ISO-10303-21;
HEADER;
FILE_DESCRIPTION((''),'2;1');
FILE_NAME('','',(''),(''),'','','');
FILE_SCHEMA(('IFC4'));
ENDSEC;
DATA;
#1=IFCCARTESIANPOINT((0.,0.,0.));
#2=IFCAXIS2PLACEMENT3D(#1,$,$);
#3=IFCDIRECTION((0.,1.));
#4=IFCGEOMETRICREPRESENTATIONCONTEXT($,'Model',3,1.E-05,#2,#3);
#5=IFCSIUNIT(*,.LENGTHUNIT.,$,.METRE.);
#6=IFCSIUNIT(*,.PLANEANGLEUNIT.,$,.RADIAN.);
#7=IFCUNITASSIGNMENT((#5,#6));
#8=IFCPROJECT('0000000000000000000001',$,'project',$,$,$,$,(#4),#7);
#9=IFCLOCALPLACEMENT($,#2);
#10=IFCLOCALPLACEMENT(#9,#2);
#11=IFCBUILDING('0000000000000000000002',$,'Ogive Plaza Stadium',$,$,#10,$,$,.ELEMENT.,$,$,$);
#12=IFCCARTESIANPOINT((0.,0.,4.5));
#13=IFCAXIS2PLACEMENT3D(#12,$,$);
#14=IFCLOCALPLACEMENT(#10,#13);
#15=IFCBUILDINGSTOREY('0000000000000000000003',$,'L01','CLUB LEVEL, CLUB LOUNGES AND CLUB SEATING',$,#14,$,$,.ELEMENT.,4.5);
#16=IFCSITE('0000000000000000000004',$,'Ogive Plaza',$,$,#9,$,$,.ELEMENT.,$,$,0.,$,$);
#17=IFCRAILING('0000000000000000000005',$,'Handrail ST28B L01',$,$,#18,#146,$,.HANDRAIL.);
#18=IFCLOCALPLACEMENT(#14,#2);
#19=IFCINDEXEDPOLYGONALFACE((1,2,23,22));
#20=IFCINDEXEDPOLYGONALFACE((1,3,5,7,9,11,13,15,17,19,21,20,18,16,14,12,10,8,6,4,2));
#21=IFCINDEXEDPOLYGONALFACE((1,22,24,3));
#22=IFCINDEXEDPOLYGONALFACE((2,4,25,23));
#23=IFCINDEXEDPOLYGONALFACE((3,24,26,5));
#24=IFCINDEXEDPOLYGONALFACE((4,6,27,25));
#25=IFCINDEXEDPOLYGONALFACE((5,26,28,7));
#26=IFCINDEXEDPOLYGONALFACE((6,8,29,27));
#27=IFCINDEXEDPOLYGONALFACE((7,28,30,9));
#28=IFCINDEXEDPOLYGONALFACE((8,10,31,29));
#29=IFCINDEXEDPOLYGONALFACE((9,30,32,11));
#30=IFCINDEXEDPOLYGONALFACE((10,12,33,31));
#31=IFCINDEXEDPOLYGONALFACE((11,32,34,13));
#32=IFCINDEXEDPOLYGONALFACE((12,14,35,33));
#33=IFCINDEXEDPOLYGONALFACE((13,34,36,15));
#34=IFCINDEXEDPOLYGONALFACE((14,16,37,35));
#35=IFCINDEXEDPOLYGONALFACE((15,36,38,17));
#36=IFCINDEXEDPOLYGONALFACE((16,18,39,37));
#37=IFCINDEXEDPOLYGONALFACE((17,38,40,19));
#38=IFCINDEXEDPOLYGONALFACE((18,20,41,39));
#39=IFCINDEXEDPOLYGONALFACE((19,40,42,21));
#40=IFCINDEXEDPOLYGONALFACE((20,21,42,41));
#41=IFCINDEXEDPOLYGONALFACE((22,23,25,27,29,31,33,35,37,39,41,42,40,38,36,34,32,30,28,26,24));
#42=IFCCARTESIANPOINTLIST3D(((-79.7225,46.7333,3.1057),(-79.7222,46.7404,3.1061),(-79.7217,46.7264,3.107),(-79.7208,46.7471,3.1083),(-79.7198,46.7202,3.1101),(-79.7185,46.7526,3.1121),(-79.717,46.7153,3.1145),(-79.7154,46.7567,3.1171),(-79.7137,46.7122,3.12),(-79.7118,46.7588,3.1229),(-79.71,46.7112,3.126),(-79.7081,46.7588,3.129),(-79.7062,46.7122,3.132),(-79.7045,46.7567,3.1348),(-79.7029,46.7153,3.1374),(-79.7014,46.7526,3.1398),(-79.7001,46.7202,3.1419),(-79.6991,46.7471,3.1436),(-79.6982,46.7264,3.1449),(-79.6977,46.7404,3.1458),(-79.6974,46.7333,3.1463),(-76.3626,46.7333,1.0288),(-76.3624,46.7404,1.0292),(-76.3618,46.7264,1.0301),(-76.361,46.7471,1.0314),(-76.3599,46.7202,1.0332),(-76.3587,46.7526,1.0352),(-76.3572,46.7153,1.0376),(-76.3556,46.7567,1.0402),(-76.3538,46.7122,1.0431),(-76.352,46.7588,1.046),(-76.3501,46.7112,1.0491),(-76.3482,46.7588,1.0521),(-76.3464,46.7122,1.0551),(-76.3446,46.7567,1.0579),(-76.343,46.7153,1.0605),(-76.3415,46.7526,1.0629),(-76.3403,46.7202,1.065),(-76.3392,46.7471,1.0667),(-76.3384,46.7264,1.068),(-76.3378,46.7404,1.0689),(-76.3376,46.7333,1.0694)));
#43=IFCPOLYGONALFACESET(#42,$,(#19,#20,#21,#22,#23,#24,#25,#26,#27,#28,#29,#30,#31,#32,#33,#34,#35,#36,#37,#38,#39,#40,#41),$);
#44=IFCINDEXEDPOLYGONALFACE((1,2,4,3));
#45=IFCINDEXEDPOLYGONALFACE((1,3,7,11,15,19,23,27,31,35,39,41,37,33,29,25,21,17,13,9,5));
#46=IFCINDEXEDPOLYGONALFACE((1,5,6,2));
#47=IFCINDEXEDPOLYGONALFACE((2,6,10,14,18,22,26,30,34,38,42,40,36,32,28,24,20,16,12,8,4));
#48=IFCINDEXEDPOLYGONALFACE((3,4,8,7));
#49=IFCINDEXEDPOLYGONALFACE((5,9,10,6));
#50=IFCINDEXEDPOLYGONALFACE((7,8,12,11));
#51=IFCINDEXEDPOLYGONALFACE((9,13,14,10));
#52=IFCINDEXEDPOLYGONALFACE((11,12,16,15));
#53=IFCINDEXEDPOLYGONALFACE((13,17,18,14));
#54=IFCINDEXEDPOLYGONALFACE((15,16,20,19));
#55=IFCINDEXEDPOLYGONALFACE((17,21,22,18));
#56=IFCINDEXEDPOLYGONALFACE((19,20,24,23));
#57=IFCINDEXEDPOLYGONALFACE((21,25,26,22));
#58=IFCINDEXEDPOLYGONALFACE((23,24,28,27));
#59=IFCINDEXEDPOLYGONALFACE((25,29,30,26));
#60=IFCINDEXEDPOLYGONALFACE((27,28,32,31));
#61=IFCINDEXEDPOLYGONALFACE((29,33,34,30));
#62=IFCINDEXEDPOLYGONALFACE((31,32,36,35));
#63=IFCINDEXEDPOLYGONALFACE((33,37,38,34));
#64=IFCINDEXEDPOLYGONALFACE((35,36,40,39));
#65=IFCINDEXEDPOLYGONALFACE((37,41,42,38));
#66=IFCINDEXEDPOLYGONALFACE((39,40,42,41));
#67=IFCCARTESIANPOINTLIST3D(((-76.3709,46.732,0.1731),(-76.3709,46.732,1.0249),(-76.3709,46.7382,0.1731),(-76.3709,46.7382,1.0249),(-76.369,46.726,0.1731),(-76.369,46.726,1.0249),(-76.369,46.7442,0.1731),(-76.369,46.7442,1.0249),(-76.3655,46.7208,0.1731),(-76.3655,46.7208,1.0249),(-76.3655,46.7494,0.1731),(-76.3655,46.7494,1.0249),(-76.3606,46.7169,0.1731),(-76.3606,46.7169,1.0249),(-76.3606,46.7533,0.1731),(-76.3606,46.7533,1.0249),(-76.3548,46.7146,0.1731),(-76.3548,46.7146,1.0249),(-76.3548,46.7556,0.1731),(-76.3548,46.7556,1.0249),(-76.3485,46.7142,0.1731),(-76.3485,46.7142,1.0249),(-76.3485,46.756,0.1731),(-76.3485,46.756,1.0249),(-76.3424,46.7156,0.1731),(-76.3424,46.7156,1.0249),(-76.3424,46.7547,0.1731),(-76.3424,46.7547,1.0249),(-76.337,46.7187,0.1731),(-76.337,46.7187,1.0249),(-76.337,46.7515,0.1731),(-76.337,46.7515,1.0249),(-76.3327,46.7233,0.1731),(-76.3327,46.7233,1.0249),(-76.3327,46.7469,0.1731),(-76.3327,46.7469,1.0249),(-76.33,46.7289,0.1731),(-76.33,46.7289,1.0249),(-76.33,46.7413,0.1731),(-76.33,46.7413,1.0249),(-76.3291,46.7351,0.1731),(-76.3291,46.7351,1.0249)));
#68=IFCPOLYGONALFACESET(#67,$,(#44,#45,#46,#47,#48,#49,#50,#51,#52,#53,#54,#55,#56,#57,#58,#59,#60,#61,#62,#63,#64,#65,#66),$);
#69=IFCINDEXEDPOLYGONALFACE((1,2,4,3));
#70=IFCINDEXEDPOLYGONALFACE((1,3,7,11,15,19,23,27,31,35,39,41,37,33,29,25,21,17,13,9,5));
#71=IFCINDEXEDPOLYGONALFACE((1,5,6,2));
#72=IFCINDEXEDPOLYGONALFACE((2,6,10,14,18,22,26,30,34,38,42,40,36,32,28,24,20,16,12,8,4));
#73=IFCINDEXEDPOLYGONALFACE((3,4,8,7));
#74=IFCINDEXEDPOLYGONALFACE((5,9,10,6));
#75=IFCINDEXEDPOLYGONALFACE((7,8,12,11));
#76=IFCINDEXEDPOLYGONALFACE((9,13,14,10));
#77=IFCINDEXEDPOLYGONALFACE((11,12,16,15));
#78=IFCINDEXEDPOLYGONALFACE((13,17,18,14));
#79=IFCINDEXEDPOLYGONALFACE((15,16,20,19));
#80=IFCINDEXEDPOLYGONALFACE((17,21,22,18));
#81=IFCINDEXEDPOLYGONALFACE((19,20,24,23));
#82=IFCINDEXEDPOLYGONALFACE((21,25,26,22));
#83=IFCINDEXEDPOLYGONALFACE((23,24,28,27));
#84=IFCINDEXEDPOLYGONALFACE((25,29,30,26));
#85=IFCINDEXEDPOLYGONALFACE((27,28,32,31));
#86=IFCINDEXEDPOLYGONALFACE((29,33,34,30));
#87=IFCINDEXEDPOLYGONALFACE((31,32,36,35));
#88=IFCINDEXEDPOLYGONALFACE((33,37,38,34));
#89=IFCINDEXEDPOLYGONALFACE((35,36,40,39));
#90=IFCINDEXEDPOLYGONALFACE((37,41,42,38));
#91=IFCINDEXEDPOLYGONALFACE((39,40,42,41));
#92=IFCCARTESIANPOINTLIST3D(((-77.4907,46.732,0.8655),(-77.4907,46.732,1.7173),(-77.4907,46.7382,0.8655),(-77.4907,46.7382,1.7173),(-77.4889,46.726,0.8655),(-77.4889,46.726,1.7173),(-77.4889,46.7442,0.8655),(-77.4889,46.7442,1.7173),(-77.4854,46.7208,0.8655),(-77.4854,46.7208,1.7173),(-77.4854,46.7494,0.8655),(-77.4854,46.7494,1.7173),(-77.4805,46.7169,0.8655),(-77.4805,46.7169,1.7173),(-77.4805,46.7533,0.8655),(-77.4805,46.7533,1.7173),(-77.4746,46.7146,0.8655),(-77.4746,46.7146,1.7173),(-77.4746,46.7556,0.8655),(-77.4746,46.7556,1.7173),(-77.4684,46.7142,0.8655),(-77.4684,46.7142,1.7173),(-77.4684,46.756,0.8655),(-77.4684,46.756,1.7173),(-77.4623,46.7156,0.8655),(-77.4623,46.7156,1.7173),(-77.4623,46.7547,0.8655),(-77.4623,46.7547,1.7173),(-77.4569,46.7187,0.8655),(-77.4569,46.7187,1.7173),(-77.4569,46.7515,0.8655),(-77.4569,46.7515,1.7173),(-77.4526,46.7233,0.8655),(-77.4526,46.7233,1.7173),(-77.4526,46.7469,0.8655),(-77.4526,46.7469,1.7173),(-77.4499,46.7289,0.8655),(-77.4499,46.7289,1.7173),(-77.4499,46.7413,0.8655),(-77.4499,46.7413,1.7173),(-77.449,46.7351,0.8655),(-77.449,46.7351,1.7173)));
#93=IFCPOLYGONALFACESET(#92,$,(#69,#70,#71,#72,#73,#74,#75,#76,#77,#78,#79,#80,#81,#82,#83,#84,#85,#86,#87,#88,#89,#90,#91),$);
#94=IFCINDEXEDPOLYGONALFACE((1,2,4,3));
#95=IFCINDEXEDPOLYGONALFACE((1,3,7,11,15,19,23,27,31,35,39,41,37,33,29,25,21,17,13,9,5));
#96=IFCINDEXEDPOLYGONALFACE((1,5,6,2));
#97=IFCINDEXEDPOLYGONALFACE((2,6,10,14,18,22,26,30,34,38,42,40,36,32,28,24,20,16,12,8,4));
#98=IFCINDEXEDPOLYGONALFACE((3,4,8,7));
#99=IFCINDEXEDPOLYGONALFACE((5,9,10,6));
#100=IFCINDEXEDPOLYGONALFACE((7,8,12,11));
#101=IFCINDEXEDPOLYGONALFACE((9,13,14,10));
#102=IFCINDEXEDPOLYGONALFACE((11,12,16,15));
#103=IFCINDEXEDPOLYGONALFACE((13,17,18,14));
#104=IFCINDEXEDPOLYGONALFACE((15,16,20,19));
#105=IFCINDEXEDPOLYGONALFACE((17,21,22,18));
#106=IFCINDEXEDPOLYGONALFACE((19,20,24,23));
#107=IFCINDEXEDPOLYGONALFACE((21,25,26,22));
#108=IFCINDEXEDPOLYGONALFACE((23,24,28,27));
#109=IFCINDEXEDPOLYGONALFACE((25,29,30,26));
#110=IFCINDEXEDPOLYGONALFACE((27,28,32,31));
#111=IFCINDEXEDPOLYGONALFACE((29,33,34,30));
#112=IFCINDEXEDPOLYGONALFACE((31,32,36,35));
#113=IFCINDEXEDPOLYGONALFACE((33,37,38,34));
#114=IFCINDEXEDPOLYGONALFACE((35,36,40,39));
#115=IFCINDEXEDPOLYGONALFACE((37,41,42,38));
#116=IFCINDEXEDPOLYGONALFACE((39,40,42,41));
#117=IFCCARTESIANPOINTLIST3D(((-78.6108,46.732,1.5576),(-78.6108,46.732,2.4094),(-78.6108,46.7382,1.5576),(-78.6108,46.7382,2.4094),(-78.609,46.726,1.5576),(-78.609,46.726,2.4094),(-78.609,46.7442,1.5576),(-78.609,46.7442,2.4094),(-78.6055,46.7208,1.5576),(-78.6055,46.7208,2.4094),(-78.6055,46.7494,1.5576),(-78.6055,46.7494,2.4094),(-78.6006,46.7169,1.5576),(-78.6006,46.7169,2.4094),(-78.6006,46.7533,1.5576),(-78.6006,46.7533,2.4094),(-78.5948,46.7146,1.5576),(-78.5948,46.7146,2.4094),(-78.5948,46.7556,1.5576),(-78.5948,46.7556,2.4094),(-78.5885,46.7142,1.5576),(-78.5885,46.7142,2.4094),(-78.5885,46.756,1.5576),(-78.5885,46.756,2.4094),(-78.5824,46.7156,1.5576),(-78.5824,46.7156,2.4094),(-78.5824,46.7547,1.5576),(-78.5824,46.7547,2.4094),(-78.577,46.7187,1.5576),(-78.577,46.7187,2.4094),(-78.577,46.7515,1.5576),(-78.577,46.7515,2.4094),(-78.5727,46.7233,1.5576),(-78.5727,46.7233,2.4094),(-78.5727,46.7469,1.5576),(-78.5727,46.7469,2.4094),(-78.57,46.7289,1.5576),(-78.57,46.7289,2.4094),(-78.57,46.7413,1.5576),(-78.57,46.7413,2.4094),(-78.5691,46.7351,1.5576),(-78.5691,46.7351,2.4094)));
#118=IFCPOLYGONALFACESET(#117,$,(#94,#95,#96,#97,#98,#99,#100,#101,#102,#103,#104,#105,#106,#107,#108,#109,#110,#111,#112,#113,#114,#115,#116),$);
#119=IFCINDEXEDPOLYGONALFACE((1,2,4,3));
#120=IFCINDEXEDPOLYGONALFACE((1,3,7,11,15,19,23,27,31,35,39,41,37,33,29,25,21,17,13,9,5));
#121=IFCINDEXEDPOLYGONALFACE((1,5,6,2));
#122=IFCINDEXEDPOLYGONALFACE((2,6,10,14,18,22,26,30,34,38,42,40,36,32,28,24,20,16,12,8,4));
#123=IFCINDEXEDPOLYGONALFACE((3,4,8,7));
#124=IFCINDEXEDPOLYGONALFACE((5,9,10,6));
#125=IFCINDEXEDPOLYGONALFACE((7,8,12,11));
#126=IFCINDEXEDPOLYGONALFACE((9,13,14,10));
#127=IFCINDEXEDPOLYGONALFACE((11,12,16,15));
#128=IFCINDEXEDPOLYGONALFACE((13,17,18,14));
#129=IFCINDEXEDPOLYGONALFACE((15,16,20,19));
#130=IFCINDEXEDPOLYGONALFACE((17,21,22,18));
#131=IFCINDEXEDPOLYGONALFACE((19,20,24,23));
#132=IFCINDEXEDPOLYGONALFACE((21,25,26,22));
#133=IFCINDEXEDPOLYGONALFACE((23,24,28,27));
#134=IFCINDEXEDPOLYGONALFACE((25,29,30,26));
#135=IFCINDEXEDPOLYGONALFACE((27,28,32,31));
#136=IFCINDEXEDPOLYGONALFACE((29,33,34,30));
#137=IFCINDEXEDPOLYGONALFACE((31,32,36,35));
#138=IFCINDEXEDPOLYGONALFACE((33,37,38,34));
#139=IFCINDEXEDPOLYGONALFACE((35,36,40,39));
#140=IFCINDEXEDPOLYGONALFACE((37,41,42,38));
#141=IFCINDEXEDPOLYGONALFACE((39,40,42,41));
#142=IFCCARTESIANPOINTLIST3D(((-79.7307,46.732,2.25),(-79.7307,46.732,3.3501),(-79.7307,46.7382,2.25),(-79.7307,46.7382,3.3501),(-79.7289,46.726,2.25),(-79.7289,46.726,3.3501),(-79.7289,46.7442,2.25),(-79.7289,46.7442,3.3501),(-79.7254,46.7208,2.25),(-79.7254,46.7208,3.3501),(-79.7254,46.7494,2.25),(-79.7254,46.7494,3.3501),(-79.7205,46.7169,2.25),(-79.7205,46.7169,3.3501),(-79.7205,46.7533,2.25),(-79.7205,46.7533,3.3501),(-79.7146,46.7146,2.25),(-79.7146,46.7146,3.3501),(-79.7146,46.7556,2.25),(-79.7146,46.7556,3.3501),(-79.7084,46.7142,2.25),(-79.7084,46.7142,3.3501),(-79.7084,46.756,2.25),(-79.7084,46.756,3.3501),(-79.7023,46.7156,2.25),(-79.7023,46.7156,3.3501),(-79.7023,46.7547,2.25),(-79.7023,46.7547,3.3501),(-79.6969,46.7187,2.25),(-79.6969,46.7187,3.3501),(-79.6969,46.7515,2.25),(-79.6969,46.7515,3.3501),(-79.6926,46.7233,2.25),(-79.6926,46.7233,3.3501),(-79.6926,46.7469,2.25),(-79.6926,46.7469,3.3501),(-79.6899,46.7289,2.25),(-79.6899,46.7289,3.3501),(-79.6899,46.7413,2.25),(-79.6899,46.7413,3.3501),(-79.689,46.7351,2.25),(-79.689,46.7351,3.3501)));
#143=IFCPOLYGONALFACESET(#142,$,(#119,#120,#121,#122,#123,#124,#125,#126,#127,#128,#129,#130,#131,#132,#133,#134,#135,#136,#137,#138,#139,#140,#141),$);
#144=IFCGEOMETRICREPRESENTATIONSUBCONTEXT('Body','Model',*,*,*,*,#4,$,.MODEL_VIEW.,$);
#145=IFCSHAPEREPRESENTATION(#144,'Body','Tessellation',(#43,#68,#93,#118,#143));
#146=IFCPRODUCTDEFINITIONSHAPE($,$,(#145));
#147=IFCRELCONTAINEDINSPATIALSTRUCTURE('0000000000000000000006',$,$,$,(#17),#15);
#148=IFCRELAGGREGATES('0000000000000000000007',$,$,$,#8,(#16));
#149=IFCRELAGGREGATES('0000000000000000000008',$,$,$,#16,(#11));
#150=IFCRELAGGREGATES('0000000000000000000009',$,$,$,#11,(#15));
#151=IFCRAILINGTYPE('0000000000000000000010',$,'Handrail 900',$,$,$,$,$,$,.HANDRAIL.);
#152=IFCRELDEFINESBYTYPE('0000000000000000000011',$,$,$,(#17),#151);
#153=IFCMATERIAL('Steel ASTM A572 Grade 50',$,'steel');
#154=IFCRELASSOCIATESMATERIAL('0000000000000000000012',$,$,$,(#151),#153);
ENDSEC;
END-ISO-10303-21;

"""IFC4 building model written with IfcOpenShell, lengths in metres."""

from ifc_helpers import new_model, si_unit, direction, frame, origin, origin_2d, place, context, subcontext, project, spatial, circle, extrude, material, type_object, element, save


model = new_model("IFC4")

# Units and contexts
model_context = context("Model", 3, precision=1e-05, world=origin(), true_north=direction((0.0, 1.0)))
body_context = subcontext(model_context, "Body", "Model", "MODEL_VIEW")
ifc_project = project(units=[si_unit("LENGTHUNIT", "METRE"), si_unit("PLANEANGLEUNIT", "RADIAN")], contexts=[model_context])

# Site, building, storey
site_placement = place(None, origin())
site = spatial("IfcSite", under=ifc_project, at=site_placement, Name="Ogive Plaza", CompositionType="ELEMENT", RefElevation=0.0)
building_placement = place(site_placement, origin())
building = spatial("IfcBuilding", under=site, at=building_placement, Name="Ogive Plaza Stadium", CompositionType="ELEMENT")
storey_placement = place(building_placement, frame((0.0, 0.0, 4.5)))
storey = spatial("IfcBuildingStorey", under=building, at=storey_placement, Name="L01", Description="CLUB LEVEL, CLUB LOUNGES AND CLUB SEATING", CompositionType="ELEMENT", Elevation=4.5)

# Railing
ifc_material_1 = material(Name="Steel ASTM A572 Grade 50", Category="steel")
railing_type_1 = type_object("IfcRailingType", Name="Handrail 900", PredefinedType="HANDRAIL", material=ifc_material_1)
for number, where, name in (
    (1, (-76.3501, 46.7351, 0.1731), "Handrail ST28B L01"),
):
    element("IfcRailing", number, at=place(storey_placement, frame(where)), inside=storey, type_object=railing_type_1, Name=name, PredefinedType="HANDRAIL", context=body_context, shape_type="SweptSolid", body=[
        extrude(circle(Radius=0.0239, at=origin_2d()), frame((0.0, 0.0, 0.876), z_axis=(-0.850606, 0.0, 0.525803), x_axis=(0.0, -1.0, 0.0)), (0.0, 0.0, 1.0), 3.95),
        extrude(circle(Radius=0.021, at=origin_2d()), origin(), (0.0, 0.0, 1.0), 0.8518),
        extrude(circle(Radius=0.021, at=origin_2d()), frame((-1.1199, 0.0, 0.6924)), (0.0, 0.0, 1.0), 0.8518),
        extrude(circle(Radius=0.021, at=origin_2d()), frame((-2.24, 0.0, 1.3845)), (0.0, 0.0, 1.0), 0.8518),
        extrude(circle(Radius=0.021, at=origin_2d()), frame((-3.3599, 0.0, 2.0769)), (0.0, 0.0, 1.0), 1.1001),
    ])

save(model, "model.ifc")
